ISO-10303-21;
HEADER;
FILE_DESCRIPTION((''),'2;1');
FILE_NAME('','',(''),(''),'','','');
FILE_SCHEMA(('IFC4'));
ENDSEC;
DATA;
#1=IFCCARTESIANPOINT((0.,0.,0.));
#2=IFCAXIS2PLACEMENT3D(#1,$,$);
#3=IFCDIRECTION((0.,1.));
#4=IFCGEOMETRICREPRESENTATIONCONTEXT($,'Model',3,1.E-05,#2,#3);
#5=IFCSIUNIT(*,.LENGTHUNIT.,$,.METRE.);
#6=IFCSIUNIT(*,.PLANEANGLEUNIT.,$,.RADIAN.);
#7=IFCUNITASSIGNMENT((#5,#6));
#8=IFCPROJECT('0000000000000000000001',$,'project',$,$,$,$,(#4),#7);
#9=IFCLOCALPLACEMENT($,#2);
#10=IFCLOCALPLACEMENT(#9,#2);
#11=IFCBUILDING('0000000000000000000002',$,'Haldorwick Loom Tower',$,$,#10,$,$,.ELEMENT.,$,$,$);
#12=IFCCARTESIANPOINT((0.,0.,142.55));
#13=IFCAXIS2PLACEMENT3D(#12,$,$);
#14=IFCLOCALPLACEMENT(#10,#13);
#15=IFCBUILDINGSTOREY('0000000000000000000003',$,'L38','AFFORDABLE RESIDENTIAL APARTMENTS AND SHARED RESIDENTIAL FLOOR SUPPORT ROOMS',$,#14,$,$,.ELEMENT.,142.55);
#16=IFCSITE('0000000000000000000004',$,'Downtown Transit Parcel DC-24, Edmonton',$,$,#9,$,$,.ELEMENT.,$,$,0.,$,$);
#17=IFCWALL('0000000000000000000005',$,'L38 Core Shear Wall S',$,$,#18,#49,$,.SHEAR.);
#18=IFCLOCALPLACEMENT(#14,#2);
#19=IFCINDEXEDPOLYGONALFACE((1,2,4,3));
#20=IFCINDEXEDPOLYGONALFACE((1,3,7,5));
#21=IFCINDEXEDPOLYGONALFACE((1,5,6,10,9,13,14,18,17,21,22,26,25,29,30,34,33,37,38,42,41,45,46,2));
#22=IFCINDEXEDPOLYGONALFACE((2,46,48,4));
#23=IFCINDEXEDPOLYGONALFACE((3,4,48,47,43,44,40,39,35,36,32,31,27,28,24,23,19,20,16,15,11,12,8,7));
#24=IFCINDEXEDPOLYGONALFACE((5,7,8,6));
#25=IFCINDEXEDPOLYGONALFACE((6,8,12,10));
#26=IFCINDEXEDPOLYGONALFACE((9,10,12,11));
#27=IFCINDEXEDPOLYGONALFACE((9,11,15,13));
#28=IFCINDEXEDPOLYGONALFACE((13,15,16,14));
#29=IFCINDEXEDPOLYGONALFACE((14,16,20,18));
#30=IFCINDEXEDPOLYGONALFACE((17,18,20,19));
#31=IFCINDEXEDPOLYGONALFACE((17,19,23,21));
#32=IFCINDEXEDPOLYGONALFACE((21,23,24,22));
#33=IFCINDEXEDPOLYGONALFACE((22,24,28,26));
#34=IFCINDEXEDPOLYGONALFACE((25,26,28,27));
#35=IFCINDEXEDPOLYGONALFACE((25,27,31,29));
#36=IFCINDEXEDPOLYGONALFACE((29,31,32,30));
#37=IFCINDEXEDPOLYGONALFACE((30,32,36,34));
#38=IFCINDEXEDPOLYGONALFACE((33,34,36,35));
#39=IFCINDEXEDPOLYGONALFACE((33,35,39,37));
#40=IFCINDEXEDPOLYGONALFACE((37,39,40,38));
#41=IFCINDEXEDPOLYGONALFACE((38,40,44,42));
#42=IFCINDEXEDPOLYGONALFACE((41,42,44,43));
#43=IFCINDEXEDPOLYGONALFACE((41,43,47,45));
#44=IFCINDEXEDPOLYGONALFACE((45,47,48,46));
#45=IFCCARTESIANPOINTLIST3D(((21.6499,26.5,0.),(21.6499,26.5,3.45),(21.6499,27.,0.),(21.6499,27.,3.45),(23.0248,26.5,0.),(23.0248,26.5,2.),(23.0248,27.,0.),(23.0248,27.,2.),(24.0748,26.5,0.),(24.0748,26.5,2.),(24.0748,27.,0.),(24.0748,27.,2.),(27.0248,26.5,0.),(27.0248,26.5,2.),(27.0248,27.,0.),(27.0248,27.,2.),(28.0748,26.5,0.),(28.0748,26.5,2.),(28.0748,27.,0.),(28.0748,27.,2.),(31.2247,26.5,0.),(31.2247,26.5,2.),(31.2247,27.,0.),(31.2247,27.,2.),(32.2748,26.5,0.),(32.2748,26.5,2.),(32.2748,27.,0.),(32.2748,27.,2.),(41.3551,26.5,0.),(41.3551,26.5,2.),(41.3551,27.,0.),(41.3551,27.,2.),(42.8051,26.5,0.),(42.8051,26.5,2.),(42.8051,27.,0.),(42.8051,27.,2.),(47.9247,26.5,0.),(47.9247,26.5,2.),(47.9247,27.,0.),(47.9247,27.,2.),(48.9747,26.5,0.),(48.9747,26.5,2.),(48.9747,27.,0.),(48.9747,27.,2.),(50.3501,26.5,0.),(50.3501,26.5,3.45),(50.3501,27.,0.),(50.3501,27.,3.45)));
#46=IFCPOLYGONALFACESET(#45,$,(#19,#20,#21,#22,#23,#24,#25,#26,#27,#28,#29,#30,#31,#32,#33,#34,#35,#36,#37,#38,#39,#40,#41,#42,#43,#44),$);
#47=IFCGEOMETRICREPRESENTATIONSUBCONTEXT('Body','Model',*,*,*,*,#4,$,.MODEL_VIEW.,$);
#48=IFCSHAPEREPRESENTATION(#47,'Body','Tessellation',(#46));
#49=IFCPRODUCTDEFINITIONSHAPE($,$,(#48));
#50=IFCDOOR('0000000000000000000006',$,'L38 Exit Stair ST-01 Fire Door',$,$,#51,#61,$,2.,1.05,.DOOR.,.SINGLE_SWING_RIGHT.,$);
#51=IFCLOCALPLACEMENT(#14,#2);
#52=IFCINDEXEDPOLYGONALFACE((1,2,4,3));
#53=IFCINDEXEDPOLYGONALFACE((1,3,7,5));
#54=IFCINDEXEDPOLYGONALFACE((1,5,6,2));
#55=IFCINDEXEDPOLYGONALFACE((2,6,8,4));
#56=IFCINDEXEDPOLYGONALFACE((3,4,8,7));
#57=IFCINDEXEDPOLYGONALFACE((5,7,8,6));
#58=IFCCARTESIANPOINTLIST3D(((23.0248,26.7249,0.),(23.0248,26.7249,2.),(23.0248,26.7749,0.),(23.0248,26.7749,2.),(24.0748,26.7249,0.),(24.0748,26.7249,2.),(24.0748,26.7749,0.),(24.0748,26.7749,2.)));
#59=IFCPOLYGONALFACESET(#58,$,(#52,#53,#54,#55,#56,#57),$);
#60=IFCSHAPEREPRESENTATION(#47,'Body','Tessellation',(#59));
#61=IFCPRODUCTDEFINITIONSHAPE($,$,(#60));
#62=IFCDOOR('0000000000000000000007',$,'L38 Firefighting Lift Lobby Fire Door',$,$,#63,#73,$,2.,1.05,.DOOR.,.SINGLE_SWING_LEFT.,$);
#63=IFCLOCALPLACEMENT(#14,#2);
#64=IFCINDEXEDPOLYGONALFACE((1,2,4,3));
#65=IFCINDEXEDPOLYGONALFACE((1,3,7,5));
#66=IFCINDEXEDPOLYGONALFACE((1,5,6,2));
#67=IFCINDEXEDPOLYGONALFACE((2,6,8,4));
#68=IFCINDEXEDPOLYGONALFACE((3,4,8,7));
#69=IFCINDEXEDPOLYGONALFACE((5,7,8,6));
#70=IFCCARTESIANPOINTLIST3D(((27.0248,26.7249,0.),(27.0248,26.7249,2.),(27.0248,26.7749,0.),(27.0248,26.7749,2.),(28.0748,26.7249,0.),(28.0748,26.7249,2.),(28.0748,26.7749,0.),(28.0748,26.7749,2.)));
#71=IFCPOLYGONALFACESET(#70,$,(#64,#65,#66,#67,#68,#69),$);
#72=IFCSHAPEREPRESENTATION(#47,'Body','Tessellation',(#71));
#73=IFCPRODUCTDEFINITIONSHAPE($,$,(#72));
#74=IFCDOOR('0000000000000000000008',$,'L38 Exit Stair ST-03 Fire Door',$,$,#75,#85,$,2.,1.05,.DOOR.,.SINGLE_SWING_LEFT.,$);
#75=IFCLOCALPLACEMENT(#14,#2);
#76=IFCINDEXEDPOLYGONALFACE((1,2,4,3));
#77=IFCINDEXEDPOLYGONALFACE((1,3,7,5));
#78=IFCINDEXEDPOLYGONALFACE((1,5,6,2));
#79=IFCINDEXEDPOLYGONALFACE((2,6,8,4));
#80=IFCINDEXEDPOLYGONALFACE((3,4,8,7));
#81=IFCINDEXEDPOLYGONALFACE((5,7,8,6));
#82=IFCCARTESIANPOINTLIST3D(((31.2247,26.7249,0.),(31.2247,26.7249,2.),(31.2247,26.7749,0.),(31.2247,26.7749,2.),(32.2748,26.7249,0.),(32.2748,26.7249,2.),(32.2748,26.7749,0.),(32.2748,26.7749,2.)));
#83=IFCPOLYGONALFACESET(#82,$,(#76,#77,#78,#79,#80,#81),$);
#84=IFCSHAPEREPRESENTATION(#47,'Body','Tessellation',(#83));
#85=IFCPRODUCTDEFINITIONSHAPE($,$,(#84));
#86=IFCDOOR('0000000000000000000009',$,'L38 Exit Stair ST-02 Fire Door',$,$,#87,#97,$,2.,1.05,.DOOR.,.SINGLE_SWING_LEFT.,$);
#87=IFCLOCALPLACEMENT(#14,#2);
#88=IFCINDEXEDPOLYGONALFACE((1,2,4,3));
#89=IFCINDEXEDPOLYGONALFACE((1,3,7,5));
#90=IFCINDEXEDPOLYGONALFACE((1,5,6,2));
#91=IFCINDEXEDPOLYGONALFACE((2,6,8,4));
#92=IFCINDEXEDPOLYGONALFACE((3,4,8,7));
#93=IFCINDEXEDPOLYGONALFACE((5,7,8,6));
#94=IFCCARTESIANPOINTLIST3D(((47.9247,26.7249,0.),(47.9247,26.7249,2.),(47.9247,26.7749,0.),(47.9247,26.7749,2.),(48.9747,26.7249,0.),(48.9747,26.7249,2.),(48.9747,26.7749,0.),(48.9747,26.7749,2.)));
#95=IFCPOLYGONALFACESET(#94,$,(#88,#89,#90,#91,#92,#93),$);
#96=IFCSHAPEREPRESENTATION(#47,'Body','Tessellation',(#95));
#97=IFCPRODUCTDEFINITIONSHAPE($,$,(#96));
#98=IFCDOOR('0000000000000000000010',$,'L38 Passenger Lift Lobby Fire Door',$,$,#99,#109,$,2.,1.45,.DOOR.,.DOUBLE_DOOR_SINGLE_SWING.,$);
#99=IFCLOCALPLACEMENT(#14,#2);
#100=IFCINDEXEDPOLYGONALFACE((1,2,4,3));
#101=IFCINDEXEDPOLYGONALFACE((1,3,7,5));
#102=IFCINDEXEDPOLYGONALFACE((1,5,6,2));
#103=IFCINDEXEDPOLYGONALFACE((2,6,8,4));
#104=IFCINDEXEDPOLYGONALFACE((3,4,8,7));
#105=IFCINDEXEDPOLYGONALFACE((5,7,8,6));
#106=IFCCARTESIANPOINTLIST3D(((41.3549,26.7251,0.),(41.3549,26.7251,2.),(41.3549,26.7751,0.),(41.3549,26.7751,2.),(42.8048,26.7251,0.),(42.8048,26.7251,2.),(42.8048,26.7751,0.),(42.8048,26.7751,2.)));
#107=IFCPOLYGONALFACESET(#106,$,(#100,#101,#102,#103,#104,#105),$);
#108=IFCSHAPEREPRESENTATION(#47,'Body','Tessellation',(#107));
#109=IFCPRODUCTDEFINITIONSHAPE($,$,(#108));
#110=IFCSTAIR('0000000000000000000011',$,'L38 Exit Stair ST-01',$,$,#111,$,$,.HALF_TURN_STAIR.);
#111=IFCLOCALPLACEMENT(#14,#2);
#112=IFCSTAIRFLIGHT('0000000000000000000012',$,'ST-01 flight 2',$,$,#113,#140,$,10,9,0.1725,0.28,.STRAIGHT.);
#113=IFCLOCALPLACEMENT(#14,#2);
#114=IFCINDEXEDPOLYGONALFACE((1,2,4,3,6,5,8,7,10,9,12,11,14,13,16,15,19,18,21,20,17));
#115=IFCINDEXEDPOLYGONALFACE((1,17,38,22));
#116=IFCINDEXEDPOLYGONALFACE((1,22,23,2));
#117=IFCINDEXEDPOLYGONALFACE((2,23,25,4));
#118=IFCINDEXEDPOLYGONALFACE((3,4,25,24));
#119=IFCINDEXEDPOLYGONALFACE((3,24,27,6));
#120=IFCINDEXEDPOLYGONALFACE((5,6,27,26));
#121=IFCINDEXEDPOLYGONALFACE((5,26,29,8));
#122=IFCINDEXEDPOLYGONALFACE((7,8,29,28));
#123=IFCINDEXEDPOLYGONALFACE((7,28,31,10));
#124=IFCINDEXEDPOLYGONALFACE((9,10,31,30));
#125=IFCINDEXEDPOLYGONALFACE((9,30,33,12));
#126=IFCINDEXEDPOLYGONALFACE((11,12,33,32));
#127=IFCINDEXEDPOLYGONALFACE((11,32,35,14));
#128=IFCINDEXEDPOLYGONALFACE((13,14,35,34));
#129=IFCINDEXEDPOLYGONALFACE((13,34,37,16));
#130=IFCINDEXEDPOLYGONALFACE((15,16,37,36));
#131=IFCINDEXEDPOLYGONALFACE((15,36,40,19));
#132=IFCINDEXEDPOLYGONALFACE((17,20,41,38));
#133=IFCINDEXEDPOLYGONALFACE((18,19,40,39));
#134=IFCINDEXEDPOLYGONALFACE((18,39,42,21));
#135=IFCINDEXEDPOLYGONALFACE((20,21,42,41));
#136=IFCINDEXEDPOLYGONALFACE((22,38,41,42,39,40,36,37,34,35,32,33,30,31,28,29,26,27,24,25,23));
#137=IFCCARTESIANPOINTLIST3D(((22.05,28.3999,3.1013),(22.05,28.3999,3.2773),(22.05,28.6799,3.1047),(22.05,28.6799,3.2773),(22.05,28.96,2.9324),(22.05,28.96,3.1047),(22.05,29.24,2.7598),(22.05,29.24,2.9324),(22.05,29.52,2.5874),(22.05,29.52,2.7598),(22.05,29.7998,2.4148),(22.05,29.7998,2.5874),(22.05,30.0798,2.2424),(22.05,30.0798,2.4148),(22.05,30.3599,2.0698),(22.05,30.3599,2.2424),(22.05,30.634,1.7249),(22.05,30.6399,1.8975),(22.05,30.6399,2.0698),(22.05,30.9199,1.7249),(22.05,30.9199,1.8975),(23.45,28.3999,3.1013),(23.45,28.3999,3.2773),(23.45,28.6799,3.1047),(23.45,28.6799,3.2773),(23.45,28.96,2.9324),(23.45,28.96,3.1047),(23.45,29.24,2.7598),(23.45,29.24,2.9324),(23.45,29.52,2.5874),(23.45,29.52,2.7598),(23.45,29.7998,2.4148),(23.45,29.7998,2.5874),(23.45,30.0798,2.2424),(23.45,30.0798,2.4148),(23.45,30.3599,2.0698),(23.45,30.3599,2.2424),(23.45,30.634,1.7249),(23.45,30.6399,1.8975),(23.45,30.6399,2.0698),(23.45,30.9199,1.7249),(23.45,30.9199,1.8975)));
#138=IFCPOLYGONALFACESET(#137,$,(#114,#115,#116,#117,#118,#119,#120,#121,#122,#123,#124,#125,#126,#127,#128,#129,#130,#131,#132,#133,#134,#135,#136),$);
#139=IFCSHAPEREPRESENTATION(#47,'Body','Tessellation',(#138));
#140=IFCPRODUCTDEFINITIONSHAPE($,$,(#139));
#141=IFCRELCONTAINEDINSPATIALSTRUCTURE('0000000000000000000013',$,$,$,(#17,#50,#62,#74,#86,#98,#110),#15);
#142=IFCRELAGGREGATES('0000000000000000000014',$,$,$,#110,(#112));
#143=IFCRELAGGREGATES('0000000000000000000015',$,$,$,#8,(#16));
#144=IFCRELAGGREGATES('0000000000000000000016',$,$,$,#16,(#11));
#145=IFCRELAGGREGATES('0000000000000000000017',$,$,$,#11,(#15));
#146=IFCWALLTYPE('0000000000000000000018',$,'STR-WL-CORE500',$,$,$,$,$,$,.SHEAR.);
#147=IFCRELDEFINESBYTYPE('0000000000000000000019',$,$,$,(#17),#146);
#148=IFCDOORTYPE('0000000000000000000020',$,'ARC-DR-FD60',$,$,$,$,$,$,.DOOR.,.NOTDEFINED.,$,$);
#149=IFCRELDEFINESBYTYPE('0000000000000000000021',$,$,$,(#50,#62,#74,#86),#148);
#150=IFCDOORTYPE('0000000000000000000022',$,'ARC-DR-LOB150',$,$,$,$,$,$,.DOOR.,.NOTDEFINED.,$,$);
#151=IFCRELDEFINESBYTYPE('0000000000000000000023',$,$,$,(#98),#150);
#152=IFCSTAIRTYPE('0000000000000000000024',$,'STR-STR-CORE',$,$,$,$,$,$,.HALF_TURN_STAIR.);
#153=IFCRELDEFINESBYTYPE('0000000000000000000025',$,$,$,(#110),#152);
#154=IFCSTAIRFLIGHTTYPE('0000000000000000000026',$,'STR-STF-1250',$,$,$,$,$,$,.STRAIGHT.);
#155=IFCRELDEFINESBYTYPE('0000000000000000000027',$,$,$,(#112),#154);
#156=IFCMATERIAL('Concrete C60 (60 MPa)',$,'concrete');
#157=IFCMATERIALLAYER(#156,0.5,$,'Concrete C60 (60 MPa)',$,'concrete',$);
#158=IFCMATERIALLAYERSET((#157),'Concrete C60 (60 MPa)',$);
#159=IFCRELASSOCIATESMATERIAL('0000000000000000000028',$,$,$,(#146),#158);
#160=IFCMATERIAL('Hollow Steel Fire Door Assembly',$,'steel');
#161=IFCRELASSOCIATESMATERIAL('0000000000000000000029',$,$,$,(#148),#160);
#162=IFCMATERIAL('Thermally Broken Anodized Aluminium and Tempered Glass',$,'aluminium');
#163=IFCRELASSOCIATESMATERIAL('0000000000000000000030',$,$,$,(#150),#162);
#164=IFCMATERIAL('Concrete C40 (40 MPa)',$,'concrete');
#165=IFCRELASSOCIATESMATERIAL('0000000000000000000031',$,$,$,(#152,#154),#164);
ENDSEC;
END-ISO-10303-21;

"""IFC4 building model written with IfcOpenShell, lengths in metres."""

from ifc_helpers import new_model, si_unit, direction, frame, frame_2d, origin, place, context, subcontext, project, spatial, polyline, rectangle, outline, extrude, material, layer, layer_set, type_object, element, fill, aggregate, save


model = new_model("IFC4")

# Units and contexts
model_context = context("Model", 3, precision=1e-05, world=origin(), true_north=direction((0.0, 1.0)))
body_context = subcontext(model_context, "Body", "Model", "MODEL_VIEW")
ifc_project = project(units=[si_unit("LENGTHUNIT", "METRE"), si_unit("PLANEANGLEUNIT", "RADIAN")], contexts=[model_context])

# Site, building, storey
site_placement = place(None, origin())
site = spatial("IfcSite", under=ifc_project, at=site_placement, Name="Downtown Transit Parcel DC-24, Edmonton", CompositionType="ELEMENT", RefElevation=0.0)
building_placement = place(site_placement, origin())
building = spatial("IfcBuilding", under=site, at=building_placement, Name="Haldorwick Loom Tower", CompositionType="ELEMENT")
storey_placement = place(building_placement, frame((0.0, 0.0, 142.55)))
storey = spatial("IfcBuildingStorey", under=building, at=storey_placement, Name="L38", Description="AFFORDABLE RESIDENTIAL APARTMENTS AND SHARED RESIDENTIAL FLOOR SUPPORT ROOMS", CompositionType="ELEMENT", Elevation=142.55)

# Shared definitions
ifc_material_1 = material(Name="Concrete C60 (60 MPa)", Category="concrete")

# Wall, openings, doors
ifc_layer_1 = layer(ifc_material_1, 0.5, Name="Concrete C60 (60 MPa)", Category="concrete")
ifc_layer_set_1 = layer_set([ifc_layer_1], Name="Concrete C60 (60 MPa)")
wall_type_1 = type_object("IfcWallType", Name="STR-WL-CORE500", PredefinedType="SHEAR", material=ifc_layer_set_1)
wall_1_placement = place(storey_placement, frame((21.6499, 26.75, 0.0), z_axis=(0.0, 0.0, 1.0), x_axis=(1.0, 0.0, 0.0)))
wall_1 = element("IfcWall", 1, at=wall_1_placement, inside=storey, type_object=wall_type_1, Name="L38 Core Shear Wall S", PredefinedType="SHEAR", context=body_context, shape_type="SweptSolid", body=[
    extrude(rectangle(XDim=28.7002, YDim=0.5, at=frame_2d((14.3501, 0.0))), origin(), (0.0, 0.0, 1.0), 3.45),
])
opening_1_placement = place(wall_1_placement, frame((1.375, 0.0, 0.0)))
opening_1 = element("IfcOpeningElement", 2, at=opening_1_placement, cuts=wall_1, PredefinedType="OPENING", context=body_context, shape_type="SweptSolid", body=[
    extrude(rectangle(XDim=1.05, YDim=2.0, at=frame_2d((0.5249, 1.0))), frame((0.0, 0.26, 0.0), z_axis=(0.0, -1.0, 0.0), x_axis=(1.0, 0.0, 0.0)), (0.0, 0.0, 1.0), 0.52),
])
opening_2_placement = place(wall_1_placement, frame((5.375, 0.0, 0.0)))
opening_2 = element("IfcOpeningElement", 3, at=opening_2_placement, cuts=wall_1, PredefinedType="OPENING", context=body_context, shape_type="SweptSolid", body=[
    extrude(rectangle(XDim=1.05, YDim=2.0, at=frame_2d((0.5249, 1.0))), frame((0.0, 0.26, 0.0), z_axis=(0.0, -1.0, 0.0), x_axis=(1.0, 0.0, 0.0)), (0.0, 0.0, 1.0), 0.52),
])
opening_3_placement = place(wall_1_placement, frame((9.575, 0.0, 0.0)))
opening_3 = element("IfcOpeningElement", 4, at=opening_3_placement, cuts=wall_1, PredefinedType="OPENING", context=body_context, shape_type="SweptSolid", body=[
    extrude(rectangle(XDim=1.05, YDim=2.0, at=frame_2d((0.5249, 1.0))), frame((0.0, 0.26, 0.0), z_axis=(0.0, -1.0, 0.0), x_axis=(1.0, 0.0, 0.0)), (0.0, 0.0, 1.0), 0.52),
])
opening_4_placement = place(wall_1_placement, frame((19.7051, 0.0, 0.0)))
opening_4 = element("IfcOpeningElement", 5, at=opening_4_placement, cuts=wall_1, PredefinedType="OPENING", context=body_context, shape_type="SweptSolid", body=[
    extrude(rectangle(XDim=1.45, YDim=2.0, at=frame_2d((0.7251, 1.0))), frame((0.0, 0.26, 0.0), z_axis=(0.0, -1.0, 0.0), x_axis=(1.0, 0.0, 0.0)), (0.0, 0.0, 1.0), 0.52),
])
opening_5_placement = place(wall_1_placement, frame((26.2749, 0.0, 0.0)))
opening_5 = element("IfcOpeningElement", 6, at=opening_5_placement, cuts=wall_1, PredefinedType="OPENING", context=body_context, shape_type="SweptSolid", body=[
    extrude(rectangle(XDim=1.05, YDim=2.0, at=frame_2d((0.5249, 1.0))), frame((0.0, 0.26, 0.0), z_axis=(0.0, -1.0, 0.0), x_axis=(1.0, 0.0, 0.0)), (0.0, 0.0, 1.0), 0.52),
])
ifc_material_2 = material(Name="Hollow Steel Fire Door Assembly", Category="steel")
door_type_1 = type_object("IfcDoorType", Name="ARC-DR-FD60", OperationType="NOTDEFINED", PredefinedType="DOOR", material=ifc_material_2)
door_1_placement = place(opening_1_placement, origin())
door_1 = element("IfcDoor", 7, at=door_1_placement, inside=storey, type_object=door_type_1, Name="L38 Exit Stair ST-01 Fire Door", OperationType="SINGLE_SWING_RIGHT", OverallHeight=2.0, OverallWidth=1.05, PredefinedType="DOOR", context=body_context, shape_type="SweptSolid", body=[
    extrude(rectangle(XDim=1.05, YDim=2.0, at=frame_2d((0.5249, 1.0))), frame((0.0, 0.0249, 0.0), z_axis=(0.0, -1.0, 0.0), x_axis=(1.0, 0.0, 0.0)), (0.0, 0.0, 1.0), 0.05),
])
fill(opening_1, door_1)
door_2_placement = place(opening_2_placement, origin())
door_2 = element("IfcDoor", 8, at=door_2_placement, inside=storey, type_object=door_type_1, Name="L38 Firefighting Lift Lobby Fire Door", OperationType="SINGLE_SWING_LEFT", OverallHeight=2.0, OverallWidth=1.05, PredefinedType="DOOR", context=body_context, shape_type="SweptSolid", body=[
    extrude(rectangle(XDim=1.05, YDim=2.0, at=frame_2d((0.5249, 1.0))), frame((0.0, 0.0249, 0.0), z_axis=(0.0, -1.0, 0.0), x_axis=(1.0, 0.0, 0.0)), (0.0, 0.0, 1.0), 0.05),
])
fill(opening_2, door_2)
door_3_placement = place(opening_3_placement, origin())
door_3 = element("IfcDoor", 9, at=door_3_placement, inside=storey, type_object=door_type_1, Name="L38 Exit Stair ST-03 Fire Door", OperationType="SINGLE_SWING_LEFT", OverallHeight=2.0, OverallWidth=1.05, PredefinedType="DOOR", context=body_context, shape_type="SweptSolid", body=[
    extrude(rectangle(XDim=1.05, YDim=2.0, at=frame_2d((0.5249, 1.0))), frame((0.0, 0.0249, 0.0), z_axis=(0.0, -1.0, 0.0), x_axis=(1.0, 0.0, 0.0)), (0.0, 0.0, 1.0), 0.05),
])
fill(opening_3, door_3)
door_4_placement = place(opening_5_placement, origin())
door_4 = element("IfcDoor", 10, at=door_4_placement, inside=storey, type_object=door_type_1, Name="L38 Exit Stair ST-02 Fire Door", OperationType="SINGLE_SWING_LEFT", OverallHeight=2.0, OverallWidth=1.05, PredefinedType="DOOR", context=body_context, shape_type="SweptSolid", body=[
    extrude(rectangle(XDim=1.05, YDim=2.0, at=frame_2d((0.5249, 1.0))), frame((0.0, 0.0249, 0.0), z_axis=(0.0, -1.0, 0.0), x_axis=(1.0, 0.0, 0.0)), (0.0, 0.0, 1.0), 0.05),
])
fill(opening_5, door_4)
ifc_material_3 = material(Name="Thermally Broken Anodized Aluminium and Tempered Glass", Category="aluminium")
door_type_2 = type_object("IfcDoorType", Name="ARC-DR-LOB150", OperationType="NOTDEFINED", PredefinedType="DOOR", material=ifc_material_3)
door_5_placement = place(opening_4_placement, frame((1.45, 0.0, 0.0), z_axis=(0.0, 0.0, 1.0), x_axis=(-1.0, 0.0, 0.0)))
door_5 = element("IfcDoor", 11, at=door_5_placement, inside=storey, type_object=door_type_2, Name="L38 Passenger Lift Lobby Fire Door", OperationType="DOUBLE_DOOR_SINGLE_SWING", OverallHeight=2.0, OverallWidth=1.45, PredefinedType="DOOR", context=body_context, shape_type="SweptSolid", body=[
    extrude(rectangle(XDim=1.45, YDim=2.0, at=frame_2d((0.7251, 1.0))), frame((0.0, 0.0249, 0.0), z_axis=(0.0, -1.0, 0.0), x_axis=(1.0, 0.0, 0.0)), (0.0, 0.0, 1.0), 0.05),
])
fill(opening_4, door_5)

# Stair, stair flight
ifc_material_4 = material(Name="Concrete C40 (40 MPa)", Category="concrete")
stair_type = type_object("IfcStairType", Name="STR-STR-CORE", PredefinedType="HALF_TURN_STAIR", material=ifc_material_4)
stair_placement = place(storey_placement, origin())
stair = element("IfcStair", 12, at=stair_placement, inside=storey, type_object=stair_type, Name="L38 Exit Stair ST-01", PredefinedType="HALF_TURN_STAIR")
stair_flight_type = type_object("IfcStairFlightType", Name="STR-STF-1250", PredefinedType="STRAIGHT", material=ifc_material_4)
stair_flight_placement = place(storey_placement, frame((22.75, 30.9199, 1.7249), z_axis=(0.0, 0.0, 1.0), x_axis=(0.0, -1.0, 0.0)))
stair_flight = element("IfcStairFlight", 13, at=stair_flight_placement, type_object=stair_flight_type, Name="ST-01 flight 2", NumberOfRisers=10, NumberOfTreads=9, PredefinedType="STRAIGHT", RiserHeight=0.1725, TreadLength=0.28, context=body_context, shape_type="SweptSolid", body=[
    extrude(outline(polyline([(0.0, 0.0), (0.0, 0.1726), (0.28, 0.1726), (0.28, 0.345), (0.5601, 0.345), (0.5601, 0.5176), (0.8401, 0.5176), (0.8401, 0.6899), (1.1201, 0.6899), (1.1201, 0.8625), (1.3999, 0.8625), (1.3999, 1.0349), (1.6799, 1.0349), (1.6799, 1.2075), (1.96, 1.2075), (1.96, 1.3799), (2.24, 1.3799), (2.24, 1.5525), (2.52, 1.5525), (2.52, 1.7251), (2.52, 1.3765), (0.2859, 0.0), (0.0, 0.0)])), frame((0.0, 0.7, 0.0), z_axis=(0.0, -1.0, 0.0), x_axis=(1.0, 0.0, 0.0)), (0.0, 0.0, 1.0), 1.3999),
])
aggregate(stair, [stair_flight])

save(model, "model.ifc")
